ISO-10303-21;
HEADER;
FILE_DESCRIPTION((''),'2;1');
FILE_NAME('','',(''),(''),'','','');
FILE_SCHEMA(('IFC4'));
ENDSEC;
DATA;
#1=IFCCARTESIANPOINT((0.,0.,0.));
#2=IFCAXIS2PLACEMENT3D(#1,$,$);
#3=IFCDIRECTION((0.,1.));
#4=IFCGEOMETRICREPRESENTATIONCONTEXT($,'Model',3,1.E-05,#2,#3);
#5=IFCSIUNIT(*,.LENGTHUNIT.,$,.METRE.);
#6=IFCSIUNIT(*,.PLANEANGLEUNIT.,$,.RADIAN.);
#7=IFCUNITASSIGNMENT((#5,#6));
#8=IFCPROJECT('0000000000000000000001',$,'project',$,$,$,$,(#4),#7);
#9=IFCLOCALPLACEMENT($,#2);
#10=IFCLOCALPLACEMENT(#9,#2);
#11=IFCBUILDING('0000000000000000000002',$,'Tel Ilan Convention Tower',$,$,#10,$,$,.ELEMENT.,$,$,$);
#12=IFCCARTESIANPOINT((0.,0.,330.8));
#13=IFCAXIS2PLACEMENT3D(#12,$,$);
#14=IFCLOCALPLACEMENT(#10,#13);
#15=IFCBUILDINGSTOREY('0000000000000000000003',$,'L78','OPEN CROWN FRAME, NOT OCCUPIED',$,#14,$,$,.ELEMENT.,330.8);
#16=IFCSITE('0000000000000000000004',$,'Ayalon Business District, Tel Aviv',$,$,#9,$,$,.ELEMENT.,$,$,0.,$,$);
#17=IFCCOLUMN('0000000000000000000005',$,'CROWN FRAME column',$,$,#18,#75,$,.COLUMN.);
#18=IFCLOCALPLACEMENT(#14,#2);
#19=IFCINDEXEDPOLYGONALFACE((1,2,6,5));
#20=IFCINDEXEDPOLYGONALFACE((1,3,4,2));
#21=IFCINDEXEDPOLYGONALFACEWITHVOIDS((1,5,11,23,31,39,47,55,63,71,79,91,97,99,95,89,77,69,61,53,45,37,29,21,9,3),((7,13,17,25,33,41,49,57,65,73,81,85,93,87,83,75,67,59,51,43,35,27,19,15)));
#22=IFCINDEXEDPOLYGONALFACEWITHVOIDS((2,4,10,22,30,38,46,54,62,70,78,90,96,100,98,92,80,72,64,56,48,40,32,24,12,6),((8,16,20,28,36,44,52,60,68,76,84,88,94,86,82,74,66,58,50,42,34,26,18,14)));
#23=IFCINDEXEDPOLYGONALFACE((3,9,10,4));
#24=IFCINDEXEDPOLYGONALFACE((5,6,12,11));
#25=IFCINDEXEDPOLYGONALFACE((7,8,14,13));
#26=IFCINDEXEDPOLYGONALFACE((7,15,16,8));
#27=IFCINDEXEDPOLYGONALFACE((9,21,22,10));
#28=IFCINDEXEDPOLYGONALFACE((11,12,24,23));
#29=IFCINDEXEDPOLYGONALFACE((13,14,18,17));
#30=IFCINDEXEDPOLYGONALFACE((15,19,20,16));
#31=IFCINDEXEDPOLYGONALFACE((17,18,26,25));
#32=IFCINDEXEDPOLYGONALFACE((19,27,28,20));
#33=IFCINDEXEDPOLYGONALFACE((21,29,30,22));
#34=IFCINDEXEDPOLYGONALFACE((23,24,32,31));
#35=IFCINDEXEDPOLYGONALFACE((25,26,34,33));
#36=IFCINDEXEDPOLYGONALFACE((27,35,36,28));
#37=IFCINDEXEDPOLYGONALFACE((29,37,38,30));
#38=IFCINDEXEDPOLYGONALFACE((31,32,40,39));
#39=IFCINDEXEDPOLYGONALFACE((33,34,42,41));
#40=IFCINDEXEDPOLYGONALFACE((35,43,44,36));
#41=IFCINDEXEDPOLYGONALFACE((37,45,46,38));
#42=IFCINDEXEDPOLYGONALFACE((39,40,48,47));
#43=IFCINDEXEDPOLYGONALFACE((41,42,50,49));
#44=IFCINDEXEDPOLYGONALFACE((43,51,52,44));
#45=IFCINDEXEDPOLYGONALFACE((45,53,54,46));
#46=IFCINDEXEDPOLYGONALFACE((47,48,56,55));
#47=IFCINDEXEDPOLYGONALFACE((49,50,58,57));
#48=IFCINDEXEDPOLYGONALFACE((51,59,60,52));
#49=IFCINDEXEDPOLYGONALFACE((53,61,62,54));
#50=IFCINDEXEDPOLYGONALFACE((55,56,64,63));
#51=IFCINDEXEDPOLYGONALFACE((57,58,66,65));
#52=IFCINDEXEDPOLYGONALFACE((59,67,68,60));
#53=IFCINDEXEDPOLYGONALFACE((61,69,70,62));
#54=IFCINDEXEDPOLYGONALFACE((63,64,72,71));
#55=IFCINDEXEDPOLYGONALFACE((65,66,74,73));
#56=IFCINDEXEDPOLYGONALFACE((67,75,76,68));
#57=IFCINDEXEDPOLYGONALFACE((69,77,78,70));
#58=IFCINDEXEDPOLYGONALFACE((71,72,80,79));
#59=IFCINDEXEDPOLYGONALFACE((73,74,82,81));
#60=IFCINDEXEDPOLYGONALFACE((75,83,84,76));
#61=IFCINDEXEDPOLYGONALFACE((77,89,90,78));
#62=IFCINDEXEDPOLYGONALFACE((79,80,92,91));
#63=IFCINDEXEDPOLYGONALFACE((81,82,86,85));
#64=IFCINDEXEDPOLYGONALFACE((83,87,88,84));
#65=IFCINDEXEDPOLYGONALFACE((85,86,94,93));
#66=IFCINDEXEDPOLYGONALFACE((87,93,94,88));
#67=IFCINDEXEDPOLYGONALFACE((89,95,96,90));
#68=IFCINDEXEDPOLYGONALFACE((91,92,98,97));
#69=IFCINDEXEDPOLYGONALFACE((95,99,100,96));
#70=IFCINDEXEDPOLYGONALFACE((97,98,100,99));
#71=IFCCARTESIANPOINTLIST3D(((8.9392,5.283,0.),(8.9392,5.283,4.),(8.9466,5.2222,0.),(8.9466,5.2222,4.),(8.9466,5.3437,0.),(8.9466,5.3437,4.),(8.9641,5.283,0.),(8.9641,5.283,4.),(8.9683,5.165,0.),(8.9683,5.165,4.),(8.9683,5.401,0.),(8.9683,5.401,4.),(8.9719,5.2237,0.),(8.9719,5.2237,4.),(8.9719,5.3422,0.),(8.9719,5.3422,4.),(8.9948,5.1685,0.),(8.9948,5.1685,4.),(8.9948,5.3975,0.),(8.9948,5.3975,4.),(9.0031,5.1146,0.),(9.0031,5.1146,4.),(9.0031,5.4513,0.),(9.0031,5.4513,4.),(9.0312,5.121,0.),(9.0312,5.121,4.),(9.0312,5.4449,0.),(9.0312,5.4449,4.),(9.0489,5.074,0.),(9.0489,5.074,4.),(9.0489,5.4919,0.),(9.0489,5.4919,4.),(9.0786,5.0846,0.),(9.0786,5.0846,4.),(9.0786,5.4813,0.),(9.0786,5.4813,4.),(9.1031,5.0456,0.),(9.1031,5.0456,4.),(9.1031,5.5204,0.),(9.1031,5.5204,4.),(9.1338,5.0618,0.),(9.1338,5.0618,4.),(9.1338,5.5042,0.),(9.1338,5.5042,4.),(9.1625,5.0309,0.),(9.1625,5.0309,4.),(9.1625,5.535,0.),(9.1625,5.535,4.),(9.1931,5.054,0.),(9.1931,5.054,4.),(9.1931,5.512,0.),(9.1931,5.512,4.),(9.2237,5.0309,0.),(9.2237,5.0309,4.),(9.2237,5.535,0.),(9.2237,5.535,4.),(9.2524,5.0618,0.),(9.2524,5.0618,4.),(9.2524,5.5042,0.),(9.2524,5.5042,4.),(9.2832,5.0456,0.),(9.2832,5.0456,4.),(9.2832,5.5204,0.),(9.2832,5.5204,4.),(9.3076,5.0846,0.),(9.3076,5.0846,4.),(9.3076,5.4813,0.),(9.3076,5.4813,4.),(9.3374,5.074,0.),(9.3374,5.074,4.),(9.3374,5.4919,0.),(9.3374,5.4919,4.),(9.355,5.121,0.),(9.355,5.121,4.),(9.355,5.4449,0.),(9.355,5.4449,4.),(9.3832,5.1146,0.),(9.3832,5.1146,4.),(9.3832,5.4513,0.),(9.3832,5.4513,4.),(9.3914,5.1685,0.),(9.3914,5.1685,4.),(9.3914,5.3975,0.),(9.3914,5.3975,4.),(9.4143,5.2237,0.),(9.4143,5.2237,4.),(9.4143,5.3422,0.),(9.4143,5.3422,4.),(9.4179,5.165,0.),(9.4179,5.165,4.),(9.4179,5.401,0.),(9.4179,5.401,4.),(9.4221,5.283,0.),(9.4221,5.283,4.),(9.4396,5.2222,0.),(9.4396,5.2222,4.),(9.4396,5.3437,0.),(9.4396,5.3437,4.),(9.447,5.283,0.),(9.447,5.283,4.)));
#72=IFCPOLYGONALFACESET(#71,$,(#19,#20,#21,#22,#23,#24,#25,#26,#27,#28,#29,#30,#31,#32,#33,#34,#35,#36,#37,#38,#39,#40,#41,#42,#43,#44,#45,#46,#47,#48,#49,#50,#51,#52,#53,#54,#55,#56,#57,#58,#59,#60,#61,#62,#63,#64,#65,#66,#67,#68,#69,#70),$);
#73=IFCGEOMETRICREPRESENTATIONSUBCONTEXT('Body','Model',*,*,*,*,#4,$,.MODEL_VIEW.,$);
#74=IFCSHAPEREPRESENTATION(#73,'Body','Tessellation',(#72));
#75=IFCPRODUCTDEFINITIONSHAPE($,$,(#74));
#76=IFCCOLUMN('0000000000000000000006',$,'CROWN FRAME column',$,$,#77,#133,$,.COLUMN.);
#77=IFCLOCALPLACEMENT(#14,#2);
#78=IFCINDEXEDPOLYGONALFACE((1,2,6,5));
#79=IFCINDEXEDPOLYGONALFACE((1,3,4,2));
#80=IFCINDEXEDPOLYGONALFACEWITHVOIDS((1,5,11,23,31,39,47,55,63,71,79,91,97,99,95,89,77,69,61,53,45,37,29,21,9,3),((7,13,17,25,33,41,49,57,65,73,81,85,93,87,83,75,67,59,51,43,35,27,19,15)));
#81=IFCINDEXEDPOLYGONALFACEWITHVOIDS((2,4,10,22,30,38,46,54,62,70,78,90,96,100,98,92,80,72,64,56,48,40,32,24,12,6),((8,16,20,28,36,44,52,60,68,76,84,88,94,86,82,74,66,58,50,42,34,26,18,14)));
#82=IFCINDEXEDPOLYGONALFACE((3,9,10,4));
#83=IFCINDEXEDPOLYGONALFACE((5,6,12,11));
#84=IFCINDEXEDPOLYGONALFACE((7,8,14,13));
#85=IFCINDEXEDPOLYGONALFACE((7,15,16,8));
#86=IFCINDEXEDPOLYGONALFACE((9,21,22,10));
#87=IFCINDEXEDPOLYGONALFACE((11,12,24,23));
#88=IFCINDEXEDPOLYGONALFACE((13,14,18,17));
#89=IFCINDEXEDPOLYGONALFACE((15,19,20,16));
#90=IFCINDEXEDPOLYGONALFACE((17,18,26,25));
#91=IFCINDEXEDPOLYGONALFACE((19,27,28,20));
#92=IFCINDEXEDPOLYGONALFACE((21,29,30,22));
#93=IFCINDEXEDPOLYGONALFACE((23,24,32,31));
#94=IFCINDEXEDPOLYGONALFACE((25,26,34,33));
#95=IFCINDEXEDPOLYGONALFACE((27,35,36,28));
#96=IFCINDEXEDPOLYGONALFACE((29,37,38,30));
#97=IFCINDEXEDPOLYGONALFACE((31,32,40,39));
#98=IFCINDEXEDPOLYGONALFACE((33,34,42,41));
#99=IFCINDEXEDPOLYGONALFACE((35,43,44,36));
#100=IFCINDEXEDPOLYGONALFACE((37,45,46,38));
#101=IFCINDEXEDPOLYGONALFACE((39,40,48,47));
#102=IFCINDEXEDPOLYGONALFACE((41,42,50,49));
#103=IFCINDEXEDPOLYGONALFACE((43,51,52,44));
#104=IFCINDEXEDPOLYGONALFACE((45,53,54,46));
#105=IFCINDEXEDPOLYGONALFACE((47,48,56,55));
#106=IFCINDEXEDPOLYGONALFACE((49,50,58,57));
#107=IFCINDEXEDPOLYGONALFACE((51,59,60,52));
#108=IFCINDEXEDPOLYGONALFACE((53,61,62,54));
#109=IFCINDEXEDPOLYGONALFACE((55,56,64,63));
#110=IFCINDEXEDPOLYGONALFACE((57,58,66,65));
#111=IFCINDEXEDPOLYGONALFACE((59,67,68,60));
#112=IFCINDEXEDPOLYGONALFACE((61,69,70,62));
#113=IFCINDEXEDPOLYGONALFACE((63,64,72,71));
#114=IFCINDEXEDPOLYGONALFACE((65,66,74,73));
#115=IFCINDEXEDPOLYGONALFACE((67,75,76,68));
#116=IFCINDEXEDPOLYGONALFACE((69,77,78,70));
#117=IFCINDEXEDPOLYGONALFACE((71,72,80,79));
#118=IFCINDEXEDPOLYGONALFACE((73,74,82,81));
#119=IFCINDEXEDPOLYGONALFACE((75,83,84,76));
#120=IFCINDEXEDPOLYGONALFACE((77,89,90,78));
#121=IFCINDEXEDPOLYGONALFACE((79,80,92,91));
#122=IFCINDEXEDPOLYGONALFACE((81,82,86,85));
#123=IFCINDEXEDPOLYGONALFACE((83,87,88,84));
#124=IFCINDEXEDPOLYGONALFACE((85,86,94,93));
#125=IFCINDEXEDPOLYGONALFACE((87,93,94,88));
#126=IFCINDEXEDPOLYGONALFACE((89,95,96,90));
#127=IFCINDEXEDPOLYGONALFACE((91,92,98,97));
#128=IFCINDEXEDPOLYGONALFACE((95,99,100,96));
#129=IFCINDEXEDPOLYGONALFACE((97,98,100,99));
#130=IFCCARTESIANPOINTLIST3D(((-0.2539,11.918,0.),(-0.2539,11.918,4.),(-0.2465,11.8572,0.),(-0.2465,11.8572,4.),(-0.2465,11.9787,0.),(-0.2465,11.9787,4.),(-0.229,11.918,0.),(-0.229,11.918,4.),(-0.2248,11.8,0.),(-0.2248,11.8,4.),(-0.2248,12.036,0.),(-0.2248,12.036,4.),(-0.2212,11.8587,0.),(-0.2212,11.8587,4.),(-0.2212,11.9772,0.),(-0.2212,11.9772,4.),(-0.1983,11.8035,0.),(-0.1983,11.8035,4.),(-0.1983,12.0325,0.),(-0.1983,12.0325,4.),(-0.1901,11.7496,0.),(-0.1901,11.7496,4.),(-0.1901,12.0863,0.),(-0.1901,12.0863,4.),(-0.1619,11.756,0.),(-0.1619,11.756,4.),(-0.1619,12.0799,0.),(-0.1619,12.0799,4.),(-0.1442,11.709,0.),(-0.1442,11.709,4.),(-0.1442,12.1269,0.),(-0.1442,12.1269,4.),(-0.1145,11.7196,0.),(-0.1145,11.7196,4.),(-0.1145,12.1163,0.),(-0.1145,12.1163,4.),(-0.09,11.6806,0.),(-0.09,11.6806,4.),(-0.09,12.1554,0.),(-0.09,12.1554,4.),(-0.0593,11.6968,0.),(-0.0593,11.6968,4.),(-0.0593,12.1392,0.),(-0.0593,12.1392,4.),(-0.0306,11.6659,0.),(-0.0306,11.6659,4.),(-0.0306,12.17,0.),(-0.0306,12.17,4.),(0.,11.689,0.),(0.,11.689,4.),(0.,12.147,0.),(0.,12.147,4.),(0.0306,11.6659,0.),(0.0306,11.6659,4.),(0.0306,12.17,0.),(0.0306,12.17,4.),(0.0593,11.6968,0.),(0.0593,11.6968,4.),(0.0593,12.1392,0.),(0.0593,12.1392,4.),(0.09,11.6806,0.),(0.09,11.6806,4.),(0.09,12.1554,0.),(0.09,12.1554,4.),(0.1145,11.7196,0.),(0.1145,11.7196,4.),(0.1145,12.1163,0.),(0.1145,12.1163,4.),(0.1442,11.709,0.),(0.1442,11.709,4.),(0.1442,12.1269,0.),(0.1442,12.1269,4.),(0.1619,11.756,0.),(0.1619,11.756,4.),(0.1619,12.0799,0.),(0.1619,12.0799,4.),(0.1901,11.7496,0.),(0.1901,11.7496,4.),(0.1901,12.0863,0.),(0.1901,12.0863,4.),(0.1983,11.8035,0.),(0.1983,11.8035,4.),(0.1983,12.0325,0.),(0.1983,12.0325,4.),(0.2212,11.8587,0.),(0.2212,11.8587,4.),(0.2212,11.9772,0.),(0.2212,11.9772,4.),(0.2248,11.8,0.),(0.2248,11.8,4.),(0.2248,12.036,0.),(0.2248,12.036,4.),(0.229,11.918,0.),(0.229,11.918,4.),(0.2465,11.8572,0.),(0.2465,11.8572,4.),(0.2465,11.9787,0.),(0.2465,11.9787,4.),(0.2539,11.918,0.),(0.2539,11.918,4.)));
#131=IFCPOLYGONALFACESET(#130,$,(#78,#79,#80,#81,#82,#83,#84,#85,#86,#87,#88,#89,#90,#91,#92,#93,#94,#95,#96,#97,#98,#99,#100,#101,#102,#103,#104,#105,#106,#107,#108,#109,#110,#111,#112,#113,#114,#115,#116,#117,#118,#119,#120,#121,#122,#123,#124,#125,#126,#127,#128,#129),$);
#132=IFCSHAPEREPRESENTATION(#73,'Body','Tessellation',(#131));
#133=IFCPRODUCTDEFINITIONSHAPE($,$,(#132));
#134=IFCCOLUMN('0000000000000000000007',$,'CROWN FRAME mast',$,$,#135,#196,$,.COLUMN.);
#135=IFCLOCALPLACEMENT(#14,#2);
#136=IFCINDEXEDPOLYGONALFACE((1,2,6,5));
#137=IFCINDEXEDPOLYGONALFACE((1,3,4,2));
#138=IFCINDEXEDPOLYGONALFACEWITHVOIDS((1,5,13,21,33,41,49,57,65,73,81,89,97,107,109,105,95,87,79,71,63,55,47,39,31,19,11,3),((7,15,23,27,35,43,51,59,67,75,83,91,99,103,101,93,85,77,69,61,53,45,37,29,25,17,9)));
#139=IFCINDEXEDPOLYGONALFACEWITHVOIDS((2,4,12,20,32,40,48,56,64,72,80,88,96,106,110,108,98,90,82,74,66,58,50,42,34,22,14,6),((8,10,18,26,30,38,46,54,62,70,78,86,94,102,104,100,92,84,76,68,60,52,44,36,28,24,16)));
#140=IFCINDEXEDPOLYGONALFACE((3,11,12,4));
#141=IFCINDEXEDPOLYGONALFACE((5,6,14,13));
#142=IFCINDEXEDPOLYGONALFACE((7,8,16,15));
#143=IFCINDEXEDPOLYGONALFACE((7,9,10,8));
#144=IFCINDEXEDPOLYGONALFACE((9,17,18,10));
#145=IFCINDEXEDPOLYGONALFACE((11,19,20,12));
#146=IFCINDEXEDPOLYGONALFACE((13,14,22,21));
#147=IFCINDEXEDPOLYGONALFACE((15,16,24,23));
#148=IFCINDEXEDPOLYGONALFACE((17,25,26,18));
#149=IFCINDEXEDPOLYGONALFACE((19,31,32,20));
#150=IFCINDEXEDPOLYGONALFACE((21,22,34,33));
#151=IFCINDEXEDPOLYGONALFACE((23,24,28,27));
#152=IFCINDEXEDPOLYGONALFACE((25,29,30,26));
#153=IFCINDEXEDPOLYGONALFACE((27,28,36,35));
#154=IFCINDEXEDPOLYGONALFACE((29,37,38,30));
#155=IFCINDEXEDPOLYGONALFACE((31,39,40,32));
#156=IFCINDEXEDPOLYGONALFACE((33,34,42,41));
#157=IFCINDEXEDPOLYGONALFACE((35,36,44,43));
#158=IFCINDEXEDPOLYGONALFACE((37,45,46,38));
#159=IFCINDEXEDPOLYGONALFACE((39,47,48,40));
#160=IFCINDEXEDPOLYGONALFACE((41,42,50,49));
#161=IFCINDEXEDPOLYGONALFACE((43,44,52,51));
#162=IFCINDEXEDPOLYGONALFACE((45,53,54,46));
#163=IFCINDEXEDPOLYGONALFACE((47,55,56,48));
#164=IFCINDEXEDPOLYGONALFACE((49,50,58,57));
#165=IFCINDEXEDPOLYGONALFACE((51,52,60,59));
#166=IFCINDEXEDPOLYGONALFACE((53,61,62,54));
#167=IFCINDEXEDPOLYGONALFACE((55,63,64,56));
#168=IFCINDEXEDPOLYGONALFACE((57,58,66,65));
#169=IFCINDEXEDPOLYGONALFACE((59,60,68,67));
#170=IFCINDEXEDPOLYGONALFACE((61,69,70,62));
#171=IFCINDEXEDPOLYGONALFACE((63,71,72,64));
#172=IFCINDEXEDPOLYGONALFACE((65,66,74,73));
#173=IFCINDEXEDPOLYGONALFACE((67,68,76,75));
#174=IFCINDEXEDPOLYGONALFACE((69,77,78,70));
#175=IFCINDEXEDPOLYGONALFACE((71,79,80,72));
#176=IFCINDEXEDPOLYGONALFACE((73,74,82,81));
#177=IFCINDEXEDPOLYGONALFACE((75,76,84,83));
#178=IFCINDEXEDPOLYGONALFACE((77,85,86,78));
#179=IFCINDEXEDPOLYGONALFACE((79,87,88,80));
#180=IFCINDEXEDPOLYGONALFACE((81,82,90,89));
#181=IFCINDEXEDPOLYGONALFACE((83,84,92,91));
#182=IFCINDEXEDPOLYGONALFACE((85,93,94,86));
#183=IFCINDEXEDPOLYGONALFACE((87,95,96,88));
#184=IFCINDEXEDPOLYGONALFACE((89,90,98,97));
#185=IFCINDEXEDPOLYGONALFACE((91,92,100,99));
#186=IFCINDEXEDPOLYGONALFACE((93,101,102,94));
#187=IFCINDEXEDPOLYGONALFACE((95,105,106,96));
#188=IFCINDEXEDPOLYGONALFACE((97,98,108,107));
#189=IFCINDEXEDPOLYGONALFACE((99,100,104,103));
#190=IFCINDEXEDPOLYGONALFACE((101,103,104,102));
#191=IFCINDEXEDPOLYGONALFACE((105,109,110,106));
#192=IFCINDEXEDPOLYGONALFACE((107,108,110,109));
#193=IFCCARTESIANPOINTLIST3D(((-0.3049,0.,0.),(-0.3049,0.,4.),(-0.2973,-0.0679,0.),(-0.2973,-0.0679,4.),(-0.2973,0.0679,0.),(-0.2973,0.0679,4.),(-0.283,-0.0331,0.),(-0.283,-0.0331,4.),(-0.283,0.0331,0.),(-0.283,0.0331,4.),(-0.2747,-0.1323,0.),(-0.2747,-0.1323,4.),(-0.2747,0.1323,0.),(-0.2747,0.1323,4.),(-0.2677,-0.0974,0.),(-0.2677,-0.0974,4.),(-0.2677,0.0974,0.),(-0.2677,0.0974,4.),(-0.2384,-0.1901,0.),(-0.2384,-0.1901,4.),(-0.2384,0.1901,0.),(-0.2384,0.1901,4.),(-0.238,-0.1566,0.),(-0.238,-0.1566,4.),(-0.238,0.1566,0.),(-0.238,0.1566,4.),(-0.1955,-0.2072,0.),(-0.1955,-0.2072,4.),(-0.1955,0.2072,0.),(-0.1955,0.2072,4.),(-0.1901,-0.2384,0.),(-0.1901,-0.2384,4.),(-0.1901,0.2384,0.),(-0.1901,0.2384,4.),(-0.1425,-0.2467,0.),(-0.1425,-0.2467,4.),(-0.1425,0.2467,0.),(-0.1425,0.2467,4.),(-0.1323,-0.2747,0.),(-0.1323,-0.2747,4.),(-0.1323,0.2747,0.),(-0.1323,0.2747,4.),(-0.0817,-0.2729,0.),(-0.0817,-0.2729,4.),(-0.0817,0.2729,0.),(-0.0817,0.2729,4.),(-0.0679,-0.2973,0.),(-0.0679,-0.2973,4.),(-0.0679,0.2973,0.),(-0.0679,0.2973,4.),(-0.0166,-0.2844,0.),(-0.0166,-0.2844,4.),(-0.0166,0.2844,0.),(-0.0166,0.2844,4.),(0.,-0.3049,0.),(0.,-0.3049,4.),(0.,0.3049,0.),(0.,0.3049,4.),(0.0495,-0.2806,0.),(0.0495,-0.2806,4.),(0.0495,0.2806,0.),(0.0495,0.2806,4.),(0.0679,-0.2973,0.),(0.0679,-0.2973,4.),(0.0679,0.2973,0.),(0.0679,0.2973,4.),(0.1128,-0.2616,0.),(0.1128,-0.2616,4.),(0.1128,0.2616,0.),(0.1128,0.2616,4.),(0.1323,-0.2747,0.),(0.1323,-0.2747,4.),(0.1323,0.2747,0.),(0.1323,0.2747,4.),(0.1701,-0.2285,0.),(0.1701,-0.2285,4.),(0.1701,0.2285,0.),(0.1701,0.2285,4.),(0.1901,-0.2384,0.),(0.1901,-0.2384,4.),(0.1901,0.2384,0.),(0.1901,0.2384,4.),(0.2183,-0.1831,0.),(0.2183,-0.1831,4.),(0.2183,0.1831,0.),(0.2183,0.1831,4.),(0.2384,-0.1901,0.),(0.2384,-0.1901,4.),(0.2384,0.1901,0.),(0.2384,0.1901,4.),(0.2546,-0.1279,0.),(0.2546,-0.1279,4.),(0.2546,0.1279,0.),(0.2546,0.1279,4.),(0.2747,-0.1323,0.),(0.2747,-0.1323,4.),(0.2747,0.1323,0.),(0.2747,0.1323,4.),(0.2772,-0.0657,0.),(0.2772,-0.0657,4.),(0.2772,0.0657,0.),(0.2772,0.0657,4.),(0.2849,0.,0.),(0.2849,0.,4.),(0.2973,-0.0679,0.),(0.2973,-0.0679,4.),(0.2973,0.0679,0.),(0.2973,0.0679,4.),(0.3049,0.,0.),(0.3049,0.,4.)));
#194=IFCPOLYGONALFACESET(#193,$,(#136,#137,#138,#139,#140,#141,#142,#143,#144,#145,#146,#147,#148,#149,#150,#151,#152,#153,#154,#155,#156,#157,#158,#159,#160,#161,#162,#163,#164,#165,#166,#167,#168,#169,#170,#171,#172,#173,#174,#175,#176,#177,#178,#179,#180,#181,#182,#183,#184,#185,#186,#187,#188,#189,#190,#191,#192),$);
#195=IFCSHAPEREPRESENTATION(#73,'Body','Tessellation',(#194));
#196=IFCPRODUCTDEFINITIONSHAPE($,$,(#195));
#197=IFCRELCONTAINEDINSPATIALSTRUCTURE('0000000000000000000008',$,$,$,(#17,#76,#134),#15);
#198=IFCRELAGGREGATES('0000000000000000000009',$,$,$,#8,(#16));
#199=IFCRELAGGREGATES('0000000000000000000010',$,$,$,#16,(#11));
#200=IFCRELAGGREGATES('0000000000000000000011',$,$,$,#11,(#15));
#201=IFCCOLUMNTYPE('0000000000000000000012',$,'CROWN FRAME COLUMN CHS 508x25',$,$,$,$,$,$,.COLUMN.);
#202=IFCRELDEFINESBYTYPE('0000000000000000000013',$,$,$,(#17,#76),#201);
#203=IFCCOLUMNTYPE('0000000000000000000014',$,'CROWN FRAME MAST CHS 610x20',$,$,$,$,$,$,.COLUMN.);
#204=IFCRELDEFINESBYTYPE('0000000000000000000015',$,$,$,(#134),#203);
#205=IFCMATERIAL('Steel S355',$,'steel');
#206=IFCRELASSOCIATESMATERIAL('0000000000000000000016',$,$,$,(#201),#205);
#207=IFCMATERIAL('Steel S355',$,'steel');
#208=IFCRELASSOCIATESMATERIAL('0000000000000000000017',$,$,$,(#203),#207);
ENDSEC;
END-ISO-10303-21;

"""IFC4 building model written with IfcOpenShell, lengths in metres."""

from ifc_helpers import new_model, si_unit, direction, frame, origin, origin_with_axes, origin_2d, place, context, subcontext, project, spatial, hollow_circle, extrude, material, material_profile, profile_set, type_object, element, save


model = new_model("IFC4")

# Units and contexts
model_context = context("Model", 3, precision=1e-05, world=origin(), true_north=direction((0.0, 1.0)))
body_context = subcontext(model_context, "Body", "Model", "MODEL_VIEW")
ifc_project = project(units=[si_unit("LENGTHUNIT", "METRE"), si_unit("PLANEANGLEUNIT", "RADIAN")], contexts=[model_context])

# Site, building, storey
site_placement = place(None, origin())
site = spatial("IfcSite", under=ifc_project, at=site_placement, Name="Ayalon Business District, Tel Aviv", CompositionType="ELEMENT", RefElevation=0.0)
building_placement = place(site_placement, origin())
building = spatial("IfcBuilding", under=site, at=building_placement, Name="Tel Ilan Convention Tower", CompositionType="ELEMENT")
storey_placement = place(building_placement, frame((0.0, 0.0, 330.8)))
storey = spatial("IfcBuildingStorey", under=building, at=storey_placement, Name="L78", Description="OPEN CROWN FRAME, NOT OCCUPIED", CompositionType="ELEMENT", Elevation=330.8)

# Columns
ifc_material_1 = material(Name="Steel S355", Category="steel")
ifc_material_profile_1 = material_profile(ifc_material_1, hollow_circle(Radius=0.2539, WallThickness=0.0249, at=origin_2d()), Name="CHS 508x25")
ifc_profile_set_1 = profile_set([ifc_material_profile_1], Name="Steel S355")
column_type_1 = type_object("IfcColumnType", Name="CROWN FRAME COLUMN CHS 508x25", PredefinedType="COLUMN", material=ifc_profile_set_1)
for number, where, z_axis, x_axis, name in (
    (1, (9.1931, 5.283, 0.0), (0.0, 0.0, 1.0), (1.0, 0.0, 0.0), "CROWN FRAME column"),
    (2, (0.0, 11.918, 0.0), (0.0, 0.0, 1.0), (1.0, 0.0, 0.0), "CROWN FRAME column"),
):
    element("IfcColumn", number, at=place(storey_placement, frame(where, z_axis=z_axis, x_axis=x_axis)), inside=storey, type_object=column_type_1, Name=name, PredefinedType="COLUMN", context=body_context, shape_type="SweptSolid", body=[
        extrude(hollow_circle(Radius=0.2539, WallThickness=0.0249, at=origin_2d()), origin(), (0.0, 0.0, 1.0), 4.0),
    ])
ifc_material_2 = material(Name="Steel S355", Category="steel")
ifc_material_profile_2 = material_profile(ifc_material_2, hollow_circle(Radius=0.3049, WallThickness=0.02, at=origin_2d()), Name="CHS 610x20")
ifc_profile_set_2 = profile_set([ifc_material_profile_2], Name="Steel S355")
column_type_2 = type_object("IfcColumnType", Name="CROWN FRAME MAST CHS 610x20", PredefinedType="COLUMN", material=ifc_profile_set_2)
column_placement = place(storey_placement, origin_with_axes())
element("IfcColumn", 3, at=column_placement, inside=storey, type_object=column_type_2, Name="CROWN FRAME mast", PredefinedType="COLUMN", context=body_context, shape_type="SweptSolid", body=[
    extrude(hollow_circle(Radius=0.3049, WallThickness=0.02, at=origin_2d()), origin(), (0.0, 0.0, 1.0), 4.0),
])

save(model, "model.ifc")
